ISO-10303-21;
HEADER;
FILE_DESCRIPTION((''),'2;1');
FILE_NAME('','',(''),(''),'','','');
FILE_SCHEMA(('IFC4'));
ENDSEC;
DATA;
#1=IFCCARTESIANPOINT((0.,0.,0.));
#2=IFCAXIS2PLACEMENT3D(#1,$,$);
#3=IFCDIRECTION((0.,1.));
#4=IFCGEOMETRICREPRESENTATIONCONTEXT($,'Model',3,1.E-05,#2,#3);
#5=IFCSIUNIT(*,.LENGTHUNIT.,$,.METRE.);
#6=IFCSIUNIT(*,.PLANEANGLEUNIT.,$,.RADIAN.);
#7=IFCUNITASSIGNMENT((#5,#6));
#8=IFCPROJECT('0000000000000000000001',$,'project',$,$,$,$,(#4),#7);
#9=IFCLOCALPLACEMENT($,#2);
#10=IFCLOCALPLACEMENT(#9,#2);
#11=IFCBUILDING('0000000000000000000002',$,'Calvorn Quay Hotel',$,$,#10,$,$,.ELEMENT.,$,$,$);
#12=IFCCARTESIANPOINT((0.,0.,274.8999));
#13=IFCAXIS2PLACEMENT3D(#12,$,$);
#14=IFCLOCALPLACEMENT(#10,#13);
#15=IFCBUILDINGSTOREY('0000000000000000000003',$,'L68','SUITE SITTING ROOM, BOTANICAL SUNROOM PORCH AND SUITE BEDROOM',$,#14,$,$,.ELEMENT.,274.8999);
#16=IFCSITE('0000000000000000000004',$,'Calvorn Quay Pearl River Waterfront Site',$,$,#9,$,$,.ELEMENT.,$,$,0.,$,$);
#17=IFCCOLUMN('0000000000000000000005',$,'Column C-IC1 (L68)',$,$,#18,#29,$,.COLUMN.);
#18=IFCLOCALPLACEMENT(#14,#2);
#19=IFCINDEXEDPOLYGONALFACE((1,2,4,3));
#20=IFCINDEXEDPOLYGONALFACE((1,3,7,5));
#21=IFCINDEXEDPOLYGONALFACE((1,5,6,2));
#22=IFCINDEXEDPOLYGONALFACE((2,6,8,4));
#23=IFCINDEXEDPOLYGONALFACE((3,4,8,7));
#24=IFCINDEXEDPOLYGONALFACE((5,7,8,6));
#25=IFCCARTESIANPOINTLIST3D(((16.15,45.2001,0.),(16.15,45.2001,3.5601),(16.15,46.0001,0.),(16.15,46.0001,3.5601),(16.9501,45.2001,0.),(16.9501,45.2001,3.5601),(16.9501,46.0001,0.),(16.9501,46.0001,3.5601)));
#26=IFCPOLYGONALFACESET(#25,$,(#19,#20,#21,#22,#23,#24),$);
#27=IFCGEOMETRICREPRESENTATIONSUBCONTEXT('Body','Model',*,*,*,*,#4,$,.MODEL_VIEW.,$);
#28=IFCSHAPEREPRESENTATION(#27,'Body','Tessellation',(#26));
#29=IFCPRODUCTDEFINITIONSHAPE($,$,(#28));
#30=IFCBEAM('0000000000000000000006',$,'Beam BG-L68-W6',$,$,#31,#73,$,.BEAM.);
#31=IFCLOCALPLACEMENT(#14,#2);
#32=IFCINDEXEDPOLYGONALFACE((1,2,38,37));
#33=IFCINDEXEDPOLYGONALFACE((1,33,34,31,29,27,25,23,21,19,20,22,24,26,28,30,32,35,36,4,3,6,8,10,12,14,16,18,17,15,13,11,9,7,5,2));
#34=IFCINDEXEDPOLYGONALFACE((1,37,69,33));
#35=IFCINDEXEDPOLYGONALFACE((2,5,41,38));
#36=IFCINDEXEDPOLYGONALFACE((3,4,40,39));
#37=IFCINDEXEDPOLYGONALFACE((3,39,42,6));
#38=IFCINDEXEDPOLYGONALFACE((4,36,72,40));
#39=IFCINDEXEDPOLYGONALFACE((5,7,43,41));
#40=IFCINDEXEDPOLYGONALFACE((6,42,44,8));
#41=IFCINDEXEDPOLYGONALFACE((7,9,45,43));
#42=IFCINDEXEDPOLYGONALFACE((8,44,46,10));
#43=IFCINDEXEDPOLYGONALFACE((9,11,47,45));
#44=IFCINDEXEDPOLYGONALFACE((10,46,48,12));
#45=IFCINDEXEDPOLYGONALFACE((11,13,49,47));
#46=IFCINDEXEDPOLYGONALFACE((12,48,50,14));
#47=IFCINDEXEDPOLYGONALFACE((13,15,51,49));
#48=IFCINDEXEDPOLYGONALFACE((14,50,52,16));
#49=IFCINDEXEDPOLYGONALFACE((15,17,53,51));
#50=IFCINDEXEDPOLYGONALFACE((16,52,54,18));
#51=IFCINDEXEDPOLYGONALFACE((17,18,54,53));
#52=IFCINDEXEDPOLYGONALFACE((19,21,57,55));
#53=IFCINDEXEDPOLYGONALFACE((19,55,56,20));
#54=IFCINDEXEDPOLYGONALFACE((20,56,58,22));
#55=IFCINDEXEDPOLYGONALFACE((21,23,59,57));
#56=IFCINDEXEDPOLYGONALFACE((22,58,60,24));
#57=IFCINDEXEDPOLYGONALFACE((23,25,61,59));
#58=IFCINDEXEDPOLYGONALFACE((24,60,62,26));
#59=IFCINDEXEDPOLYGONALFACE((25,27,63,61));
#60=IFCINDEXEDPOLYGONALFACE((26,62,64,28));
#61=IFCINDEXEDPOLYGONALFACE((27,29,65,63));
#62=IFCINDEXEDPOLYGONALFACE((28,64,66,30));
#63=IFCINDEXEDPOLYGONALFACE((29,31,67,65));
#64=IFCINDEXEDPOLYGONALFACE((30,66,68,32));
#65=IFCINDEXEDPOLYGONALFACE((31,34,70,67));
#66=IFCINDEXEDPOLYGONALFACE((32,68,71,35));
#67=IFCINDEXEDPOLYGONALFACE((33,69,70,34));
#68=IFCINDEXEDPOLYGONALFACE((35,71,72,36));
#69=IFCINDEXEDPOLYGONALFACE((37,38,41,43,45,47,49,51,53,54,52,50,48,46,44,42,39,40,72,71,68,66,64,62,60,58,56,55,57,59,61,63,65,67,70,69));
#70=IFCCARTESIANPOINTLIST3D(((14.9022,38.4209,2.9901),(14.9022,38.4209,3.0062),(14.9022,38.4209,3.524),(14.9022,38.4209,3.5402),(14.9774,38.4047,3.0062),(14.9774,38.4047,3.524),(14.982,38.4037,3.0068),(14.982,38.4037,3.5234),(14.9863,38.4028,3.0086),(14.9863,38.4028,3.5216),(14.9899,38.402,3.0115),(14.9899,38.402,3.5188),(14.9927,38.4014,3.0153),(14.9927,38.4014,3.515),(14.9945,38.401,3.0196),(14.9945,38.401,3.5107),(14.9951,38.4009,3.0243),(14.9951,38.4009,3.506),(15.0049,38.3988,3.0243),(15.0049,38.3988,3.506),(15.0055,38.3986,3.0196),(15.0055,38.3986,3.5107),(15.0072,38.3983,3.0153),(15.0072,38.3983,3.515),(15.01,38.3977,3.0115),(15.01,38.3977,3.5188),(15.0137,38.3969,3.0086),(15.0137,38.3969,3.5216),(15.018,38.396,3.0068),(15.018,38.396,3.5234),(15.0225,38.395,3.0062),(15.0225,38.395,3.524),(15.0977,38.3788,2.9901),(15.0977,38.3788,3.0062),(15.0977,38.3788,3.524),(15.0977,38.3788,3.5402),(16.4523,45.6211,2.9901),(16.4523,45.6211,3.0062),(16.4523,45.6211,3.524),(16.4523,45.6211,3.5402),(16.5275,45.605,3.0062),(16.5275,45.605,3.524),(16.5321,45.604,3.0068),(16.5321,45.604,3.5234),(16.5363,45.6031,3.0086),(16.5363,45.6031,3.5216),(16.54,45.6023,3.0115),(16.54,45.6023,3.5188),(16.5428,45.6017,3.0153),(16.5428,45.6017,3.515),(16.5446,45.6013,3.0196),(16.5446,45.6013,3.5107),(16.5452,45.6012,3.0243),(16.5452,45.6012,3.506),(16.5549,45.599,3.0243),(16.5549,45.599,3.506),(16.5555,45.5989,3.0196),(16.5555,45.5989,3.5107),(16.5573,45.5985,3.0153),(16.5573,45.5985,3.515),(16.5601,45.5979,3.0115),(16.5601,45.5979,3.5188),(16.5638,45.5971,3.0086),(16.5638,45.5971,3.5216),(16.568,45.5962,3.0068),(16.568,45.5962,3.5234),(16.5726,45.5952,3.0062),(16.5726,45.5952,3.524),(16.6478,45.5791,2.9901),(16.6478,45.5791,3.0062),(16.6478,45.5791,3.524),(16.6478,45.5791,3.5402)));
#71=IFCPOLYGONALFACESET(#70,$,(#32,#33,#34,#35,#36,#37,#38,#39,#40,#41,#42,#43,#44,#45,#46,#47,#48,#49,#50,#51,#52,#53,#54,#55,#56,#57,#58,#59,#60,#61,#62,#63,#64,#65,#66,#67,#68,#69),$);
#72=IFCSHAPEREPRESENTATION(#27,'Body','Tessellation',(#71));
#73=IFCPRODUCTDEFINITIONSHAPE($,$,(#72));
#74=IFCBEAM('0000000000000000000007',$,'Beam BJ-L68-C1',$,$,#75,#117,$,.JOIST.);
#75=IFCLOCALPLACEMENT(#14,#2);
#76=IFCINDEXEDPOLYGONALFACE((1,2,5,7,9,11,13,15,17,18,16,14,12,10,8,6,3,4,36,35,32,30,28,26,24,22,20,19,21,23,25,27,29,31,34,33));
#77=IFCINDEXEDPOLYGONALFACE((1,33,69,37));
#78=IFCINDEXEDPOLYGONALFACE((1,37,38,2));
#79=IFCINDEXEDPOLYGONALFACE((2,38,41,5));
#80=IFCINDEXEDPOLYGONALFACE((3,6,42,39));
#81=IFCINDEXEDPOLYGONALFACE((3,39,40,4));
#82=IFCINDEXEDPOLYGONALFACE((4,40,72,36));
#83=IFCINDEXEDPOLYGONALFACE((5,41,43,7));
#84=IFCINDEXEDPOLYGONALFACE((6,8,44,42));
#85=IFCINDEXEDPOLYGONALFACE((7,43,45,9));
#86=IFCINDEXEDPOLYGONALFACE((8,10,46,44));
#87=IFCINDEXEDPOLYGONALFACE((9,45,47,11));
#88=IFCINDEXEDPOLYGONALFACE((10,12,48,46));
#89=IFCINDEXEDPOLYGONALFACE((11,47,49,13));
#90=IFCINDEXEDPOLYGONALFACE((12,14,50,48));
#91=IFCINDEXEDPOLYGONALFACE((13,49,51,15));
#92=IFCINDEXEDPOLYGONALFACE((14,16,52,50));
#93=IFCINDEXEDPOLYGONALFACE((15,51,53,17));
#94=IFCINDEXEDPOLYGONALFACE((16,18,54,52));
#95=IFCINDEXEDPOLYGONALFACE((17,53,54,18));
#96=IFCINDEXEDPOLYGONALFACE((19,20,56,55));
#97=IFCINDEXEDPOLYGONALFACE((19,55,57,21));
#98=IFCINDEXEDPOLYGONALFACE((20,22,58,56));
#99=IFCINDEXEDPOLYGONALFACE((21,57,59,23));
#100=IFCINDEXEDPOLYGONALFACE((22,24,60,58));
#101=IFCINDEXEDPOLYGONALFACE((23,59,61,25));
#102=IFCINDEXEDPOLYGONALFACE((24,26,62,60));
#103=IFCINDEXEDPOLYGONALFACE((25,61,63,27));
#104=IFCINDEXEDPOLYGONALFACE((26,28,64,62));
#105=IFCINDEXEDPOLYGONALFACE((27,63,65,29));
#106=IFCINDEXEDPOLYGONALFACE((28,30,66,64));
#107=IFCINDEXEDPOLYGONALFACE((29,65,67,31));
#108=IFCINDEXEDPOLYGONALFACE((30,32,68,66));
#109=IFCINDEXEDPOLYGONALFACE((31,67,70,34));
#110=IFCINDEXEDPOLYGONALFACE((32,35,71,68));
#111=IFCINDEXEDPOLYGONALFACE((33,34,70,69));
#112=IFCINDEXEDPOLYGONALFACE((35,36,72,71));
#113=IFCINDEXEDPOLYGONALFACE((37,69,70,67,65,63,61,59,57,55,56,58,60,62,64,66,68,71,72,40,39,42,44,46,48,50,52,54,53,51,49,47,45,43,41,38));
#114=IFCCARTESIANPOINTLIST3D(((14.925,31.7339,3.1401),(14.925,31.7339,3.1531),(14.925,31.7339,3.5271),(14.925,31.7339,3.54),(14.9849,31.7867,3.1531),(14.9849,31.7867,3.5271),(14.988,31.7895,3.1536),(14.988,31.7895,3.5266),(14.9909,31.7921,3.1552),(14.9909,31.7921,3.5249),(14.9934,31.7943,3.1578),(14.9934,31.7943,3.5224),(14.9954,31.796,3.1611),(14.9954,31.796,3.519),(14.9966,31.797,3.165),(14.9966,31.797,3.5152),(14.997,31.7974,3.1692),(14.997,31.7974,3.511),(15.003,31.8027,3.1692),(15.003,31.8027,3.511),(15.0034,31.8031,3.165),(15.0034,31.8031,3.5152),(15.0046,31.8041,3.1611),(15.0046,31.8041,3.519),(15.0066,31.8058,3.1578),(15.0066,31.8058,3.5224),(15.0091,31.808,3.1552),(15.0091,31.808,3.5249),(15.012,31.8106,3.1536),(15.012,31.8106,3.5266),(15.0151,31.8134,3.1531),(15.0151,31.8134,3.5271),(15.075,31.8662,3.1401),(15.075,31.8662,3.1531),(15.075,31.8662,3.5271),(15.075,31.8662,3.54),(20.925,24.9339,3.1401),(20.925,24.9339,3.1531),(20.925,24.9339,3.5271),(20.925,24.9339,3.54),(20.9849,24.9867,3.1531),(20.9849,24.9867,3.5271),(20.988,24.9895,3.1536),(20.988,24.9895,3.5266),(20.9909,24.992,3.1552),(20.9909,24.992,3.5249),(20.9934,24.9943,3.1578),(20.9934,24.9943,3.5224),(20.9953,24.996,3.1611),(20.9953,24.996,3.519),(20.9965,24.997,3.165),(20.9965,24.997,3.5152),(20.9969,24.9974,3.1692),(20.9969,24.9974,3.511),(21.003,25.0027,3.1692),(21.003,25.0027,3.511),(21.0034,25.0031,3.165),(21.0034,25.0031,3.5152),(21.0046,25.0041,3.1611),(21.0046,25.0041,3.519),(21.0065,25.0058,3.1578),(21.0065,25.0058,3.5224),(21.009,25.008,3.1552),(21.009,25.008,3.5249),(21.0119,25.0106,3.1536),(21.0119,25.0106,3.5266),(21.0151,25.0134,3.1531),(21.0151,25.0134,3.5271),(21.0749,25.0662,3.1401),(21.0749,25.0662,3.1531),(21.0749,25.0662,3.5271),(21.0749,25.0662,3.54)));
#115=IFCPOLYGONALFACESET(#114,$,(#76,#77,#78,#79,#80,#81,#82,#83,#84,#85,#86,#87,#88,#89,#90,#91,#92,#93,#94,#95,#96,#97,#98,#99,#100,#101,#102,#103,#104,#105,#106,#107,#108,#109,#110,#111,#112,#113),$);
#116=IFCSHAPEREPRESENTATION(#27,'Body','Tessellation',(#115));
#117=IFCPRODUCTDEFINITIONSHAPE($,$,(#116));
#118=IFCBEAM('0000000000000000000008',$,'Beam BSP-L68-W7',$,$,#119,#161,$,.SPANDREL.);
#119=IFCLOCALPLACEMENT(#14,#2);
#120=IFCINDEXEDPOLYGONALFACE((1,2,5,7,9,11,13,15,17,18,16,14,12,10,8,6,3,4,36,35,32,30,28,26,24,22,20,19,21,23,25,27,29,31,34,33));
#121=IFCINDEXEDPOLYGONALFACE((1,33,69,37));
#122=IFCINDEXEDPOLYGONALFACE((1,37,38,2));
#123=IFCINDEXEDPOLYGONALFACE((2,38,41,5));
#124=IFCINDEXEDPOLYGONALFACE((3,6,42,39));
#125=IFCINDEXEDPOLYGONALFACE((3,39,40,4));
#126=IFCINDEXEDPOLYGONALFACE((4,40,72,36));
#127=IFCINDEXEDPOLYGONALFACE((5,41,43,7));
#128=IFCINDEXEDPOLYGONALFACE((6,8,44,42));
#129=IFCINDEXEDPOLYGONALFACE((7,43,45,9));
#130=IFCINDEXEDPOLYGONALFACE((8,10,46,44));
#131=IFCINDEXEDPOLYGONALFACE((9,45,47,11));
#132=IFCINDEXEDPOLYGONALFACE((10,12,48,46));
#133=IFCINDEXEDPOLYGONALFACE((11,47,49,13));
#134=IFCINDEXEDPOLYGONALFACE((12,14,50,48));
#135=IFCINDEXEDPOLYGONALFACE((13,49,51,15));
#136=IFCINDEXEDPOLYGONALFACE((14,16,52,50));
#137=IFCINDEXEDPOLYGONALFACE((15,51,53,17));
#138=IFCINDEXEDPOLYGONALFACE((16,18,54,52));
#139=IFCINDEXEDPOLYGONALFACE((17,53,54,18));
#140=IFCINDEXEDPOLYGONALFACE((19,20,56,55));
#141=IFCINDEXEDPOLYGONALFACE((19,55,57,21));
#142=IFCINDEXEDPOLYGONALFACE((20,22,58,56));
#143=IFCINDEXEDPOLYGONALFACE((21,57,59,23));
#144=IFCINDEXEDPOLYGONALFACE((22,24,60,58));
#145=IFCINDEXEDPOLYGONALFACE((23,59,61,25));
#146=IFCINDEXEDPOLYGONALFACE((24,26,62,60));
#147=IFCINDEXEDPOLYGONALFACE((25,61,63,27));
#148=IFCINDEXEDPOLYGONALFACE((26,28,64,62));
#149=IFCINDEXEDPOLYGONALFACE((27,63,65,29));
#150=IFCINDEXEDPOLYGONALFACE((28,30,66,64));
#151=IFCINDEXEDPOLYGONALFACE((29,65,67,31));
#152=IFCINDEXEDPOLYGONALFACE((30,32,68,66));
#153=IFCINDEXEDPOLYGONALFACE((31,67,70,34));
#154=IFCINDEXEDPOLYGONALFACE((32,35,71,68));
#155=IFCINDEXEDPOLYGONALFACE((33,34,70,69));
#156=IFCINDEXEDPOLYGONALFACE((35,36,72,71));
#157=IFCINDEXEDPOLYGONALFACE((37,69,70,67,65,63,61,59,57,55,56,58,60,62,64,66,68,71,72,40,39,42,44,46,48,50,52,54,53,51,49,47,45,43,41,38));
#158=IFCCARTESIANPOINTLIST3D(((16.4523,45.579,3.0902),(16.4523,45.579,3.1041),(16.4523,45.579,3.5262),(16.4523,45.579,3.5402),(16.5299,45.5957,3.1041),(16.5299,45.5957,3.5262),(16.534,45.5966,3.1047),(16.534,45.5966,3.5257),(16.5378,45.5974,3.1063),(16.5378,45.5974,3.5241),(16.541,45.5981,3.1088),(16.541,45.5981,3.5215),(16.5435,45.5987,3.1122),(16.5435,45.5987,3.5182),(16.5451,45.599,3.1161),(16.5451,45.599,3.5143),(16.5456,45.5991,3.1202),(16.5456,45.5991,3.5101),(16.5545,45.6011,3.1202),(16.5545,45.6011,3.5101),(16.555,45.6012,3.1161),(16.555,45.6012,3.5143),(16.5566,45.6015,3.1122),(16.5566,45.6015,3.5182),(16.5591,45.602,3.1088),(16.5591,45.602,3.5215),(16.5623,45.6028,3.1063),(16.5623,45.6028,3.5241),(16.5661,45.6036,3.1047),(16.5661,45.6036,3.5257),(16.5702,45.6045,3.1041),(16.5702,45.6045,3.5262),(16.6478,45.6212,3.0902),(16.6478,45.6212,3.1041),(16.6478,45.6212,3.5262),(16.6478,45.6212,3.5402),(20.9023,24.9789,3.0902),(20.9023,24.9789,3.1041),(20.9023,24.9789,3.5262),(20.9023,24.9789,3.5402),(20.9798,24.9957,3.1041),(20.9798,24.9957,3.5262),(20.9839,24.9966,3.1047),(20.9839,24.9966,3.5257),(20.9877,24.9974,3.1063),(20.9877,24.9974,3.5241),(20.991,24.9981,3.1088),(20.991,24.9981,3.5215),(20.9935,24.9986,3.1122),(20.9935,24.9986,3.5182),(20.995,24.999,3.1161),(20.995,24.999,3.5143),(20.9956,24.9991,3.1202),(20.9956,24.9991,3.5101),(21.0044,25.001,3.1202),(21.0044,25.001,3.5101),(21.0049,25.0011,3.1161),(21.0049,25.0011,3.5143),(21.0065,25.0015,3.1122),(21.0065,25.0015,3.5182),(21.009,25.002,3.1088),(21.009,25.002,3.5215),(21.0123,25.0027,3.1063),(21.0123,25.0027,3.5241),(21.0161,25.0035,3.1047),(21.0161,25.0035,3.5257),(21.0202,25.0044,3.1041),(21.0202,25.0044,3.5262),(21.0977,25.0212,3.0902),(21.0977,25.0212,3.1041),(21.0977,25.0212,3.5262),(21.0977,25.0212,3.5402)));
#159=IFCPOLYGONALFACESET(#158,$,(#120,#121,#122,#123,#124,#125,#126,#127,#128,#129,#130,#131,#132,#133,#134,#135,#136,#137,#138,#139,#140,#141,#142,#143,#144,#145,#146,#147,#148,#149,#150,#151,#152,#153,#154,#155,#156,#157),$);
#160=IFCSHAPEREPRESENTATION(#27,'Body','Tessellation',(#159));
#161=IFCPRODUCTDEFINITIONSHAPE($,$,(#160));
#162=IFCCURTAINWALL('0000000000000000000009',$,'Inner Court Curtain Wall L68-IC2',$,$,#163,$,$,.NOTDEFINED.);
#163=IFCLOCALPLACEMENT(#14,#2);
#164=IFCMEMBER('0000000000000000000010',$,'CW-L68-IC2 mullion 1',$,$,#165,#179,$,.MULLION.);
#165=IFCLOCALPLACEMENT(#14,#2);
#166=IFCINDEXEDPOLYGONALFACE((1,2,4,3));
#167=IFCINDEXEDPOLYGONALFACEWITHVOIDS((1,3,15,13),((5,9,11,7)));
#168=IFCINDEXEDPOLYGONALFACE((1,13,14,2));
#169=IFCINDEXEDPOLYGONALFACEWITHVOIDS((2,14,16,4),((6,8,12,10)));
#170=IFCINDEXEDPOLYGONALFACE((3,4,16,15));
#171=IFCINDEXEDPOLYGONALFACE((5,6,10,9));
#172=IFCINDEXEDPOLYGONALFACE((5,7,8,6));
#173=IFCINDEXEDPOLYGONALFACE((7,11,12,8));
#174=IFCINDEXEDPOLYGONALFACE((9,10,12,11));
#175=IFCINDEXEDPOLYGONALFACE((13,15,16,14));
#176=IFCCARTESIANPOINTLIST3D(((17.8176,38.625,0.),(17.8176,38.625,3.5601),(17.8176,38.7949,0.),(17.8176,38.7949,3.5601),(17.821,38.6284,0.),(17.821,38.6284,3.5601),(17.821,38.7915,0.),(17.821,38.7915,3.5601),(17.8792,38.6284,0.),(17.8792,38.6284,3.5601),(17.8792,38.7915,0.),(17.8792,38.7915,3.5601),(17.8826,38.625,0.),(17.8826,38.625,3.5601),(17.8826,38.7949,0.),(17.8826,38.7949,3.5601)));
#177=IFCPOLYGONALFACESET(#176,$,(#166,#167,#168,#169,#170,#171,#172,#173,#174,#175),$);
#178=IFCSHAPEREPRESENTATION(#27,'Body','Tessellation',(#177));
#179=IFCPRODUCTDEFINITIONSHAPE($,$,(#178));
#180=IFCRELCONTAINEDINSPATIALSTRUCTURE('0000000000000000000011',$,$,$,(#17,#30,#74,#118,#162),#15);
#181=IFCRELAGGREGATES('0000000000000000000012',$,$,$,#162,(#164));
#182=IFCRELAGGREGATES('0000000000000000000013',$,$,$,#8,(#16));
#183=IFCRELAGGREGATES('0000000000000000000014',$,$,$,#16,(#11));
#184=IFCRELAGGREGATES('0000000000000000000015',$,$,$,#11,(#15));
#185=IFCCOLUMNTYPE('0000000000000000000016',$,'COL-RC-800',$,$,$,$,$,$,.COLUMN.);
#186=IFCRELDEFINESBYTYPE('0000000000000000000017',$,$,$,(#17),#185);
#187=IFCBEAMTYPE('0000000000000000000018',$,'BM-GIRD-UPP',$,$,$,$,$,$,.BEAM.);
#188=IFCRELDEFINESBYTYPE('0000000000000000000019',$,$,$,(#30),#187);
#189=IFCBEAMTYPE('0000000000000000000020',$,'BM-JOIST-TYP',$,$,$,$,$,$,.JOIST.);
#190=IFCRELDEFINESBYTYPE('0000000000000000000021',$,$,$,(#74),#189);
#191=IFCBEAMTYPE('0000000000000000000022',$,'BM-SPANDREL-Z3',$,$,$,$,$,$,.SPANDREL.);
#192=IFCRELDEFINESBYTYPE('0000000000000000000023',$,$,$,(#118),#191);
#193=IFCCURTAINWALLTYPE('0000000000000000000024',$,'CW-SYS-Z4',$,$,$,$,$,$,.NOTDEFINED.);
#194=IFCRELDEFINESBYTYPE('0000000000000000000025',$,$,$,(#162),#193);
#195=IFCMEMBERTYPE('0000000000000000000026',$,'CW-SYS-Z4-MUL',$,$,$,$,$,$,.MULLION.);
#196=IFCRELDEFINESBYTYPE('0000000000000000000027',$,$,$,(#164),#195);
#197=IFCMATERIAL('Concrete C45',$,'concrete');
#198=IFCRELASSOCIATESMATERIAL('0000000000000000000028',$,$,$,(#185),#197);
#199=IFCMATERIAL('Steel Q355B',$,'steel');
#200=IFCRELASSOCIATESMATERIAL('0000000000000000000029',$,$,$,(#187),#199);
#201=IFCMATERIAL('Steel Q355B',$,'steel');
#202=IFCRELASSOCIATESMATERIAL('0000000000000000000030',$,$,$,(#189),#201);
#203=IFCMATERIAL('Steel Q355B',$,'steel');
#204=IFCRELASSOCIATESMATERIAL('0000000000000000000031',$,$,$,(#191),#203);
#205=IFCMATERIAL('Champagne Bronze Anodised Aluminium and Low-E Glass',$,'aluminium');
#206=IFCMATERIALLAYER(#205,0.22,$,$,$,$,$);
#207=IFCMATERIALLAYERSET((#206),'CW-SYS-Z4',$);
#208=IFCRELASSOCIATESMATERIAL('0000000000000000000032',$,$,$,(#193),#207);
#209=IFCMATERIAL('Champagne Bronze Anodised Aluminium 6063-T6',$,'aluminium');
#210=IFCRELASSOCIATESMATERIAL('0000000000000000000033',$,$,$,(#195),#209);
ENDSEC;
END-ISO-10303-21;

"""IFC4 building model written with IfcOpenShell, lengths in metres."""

from ifc_helpers import new_model, si_unit, direction, frame, origin, origin_2d, place, context, subcontext, project, spatial, rectangle, hollow_rectangle, i_section, extrude, material, layer, layer_set, material_profile, profile_set, type_object, element, aggregate, save


model = new_model("IFC4")

# Units and contexts
model_context = context("Model", 3, precision=1e-05, world=origin(), true_north=direction((0.0, 1.0)))
body_context = subcontext(model_context, "Body", "Model", "MODEL_VIEW")
ifc_project = project(units=[si_unit("LENGTHUNIT", "METRE"), si_unit("PLANEANGLEUNIT", "RADIAN")], contexts=[model_context])

# Site, building, storey
site_placement = place(None, origin())
site = spatial("IfcSite", under=ifc_project, at=site_placement, Name="Calvorn Quay Pearl River Waterfront Site", CompositionType="ELEMENT", RefElevation=0.0)
building_placement = place(site_placement, origin())
building = spatial("IfcBuilding", under=site, at=building_placement, Name="Calvorn Quay Hotel", CompositionType="ELEMENT")
storey_placement = place(building_placement, frame((0.0, 0.0, 274.8999)))
storey = spatial("IfcBuildingStorey", under=building, at=storey_placement, Name="L68", Description="SUITE SITTING ROOM, BOTANICAL SUNROOM PORCH AND SUITE BEDROOM", CompositionType="ELEMENT", Elevation=274.8999)

# Column
ifc_material_1 = material(Name="Concrete C45", Category="concrete")
ifc_material_profile_1 = material_profile(ifc_material_1, rectangle(XDim=0.8, YDim=0.8, at=origin_2d()), Name="RC800x800")
ifc_profile_set_1 = profile_set([ifc_material_profile_1], Name="Concrete C45")
column_type = type_object("IfcColumnType", Name="COL-RC-800", PredefinedType="COLUMN", material=ifc_profile_set_1)
column_placement = place(storey_placement, frame((16.55, 45.6001, 0.0), z_axis=(0.0, 0.0, 1.0), x_axis=(1.0, 0.0, 0.0)))
element("IfcColumn", 1, at=column_placement, inside=storey, type_object=column_type, Name="Column C-IC1 (L68)", PredefinedType="COLUMN", context=body_context, shape_type="SweptSolid", body=[
    extrude(rectangle(XDim=0.8, YDim=0.8, at=origin_2d()), origin(), (0.0, 0.0, 1.0), 3.5601),
])

# Beams
ifc_material_2 = material(Name="Steel Q355B", Category="steel")
ifc_material_profile_2 = material_profile(ifc_material_2, i_section(OverallWidth=0.2, OverallDepth=0.55, WebThickness=0.01, FlangeThickness=0.0161, FilletRadius=0.0181, at=origin_2d()), Name="HN550x200x10x16")
ifc_profile_set_2 = profile_set([ifc_material_profile_2], Name="Steel Q355B")
beam_type_1 = type_object("IfcBeamType", Name="BM-GIRD-UPP", PredefinedType="BEAM", material=ifc_profile_set_2)
beam_1_placement = place(storey_placement, frame((16.55, 45.6001, 3.2651), z_axis=(-0.210457, -0.977603, 0.0), x_axis=(0.977603, -0.210457, 0.0)))
element("IfcBeam", 2, at=beam_1_placement, inside=storey, type_object=beam_type_1, Name="Beam BG-L68-W6", PredefinedType="BEAM", context=body_context, shape_type="SweptSolid", body=[
    extrude(i_section(OverallWidth=0.2, OverallDepth=0.55, WebThickness=0.01, FlangeThickness=0.0161, FilletRadius=0.0181, at=origin_2d()), origin(), (0.0, 0.0, 1.0), 7.3652),
])
ifc_material_3 = material(Name="Steel Q355B", Category="steel")
ifc_material_profile_3 = material_profile(ifc_material_3, i_section(OverallWidth=0.2, OverallDepth=0.3999, WebThickness=0.0081, FlangeThickness=0.0129, FilletRadius=0.0161, at=origin_2d()), Name="HN400x200x8x13")
ifc_profile_set_3 = profile_set([ifc_material_profile_3], Name="Steel Q355B")
beam_type_2 = type_object("IfcBeamType", Name="BM-JOIST-TYP", PredefinedType="JOIST", material=ifc_profile_set_3)
beam_2_placement = place(storey_placement, frame((15.0, 31.8, 3.3401), z_axis=(0.661619, -0.74984, 0.0), x_axis=(0.74984, 0.661619, 0.0)))
element("IfcBeam", 3, at=beam_2_placement, inside=storey, type_object=beam_type_2, Name="Beam BJ-L68-C1", PredefinedType="JOIST", context=body_context, shape_type="SweptSolid", body=[
    extrude(i_section(OverallWidth=0.2, OverallDepth=0.3999, WebThickness=0.0081, FlangeThickness=0.0129, FilletRadius=0.0161, at=origin_2d()), origin(), (0.0, 0.0, 1.0), 9.0686),
])
ifc_material_4 = material(Name="Steel Q355B", Category="steel")
ifc_material_profile_4 = material_profile(ifc_material_4, i_section(OverallWidth=0.2, OverallDepth=0.45, WebThickness=0.009, FlangeThickness=0.0139, FilletRadius=0.0161, at=origin_2d()), Name="HN450x200x9x14")
ifc_profile_set_4 = profile_set([ifc_material_profile_4], Name="Steel Q355B")
beam_type_3 = type_object("IfcBeamType", Name="BM-SPANDREL-Z3", PredefinedType="SPANDREL", material=ifc_profile_set_4)
beam_3_placement = place(storey_placement, frame((16.55, 45.6001, 3.3152), z_axis=(0.211146, -0.977455, 0.0), x_axis=(0.977455, 0.211146, 0.0)))
element("IfcBeam", 4, at=beam_3_placement, inside=storey, type_object=beam_type_3, Name="Beam BSP-L68-W7", PredefinedType="SPANDREL", context=body_context, shape_type="SweptSolid", body=[
    extrude(i_section(OverallWidth=0.2, OverallDepth=0.45, WebThickness=0.009, FlangeThickness=0.0139, FilletRadius=0.0161, at=origin_2d()), origin(), (0.0, 0.0, 1.0), 21.0752),
])

# Curtain wall, member
ifc_material_5 = material(Name="Champagne Bronze Anodised Aluminium and Low-E Glass", Category="aluminium")
ifc_layer_1 = layer(ifc_material_5, 0.22)
ifc_layer_set_1 = layer_set([ifc_layer_1], Name="CW-SYS-Z4")
curtain_wall_type = type_object("IfcCurtainWallType", Name="CW-SYS-Z4", PredefinedType="NOTDEFINED", material=ifc_layer_set_1)
curtain_wall_1_placement = place(storey_placement, origin())
curtain_wall_1 = element("IfcCurtainWall", 5, at=curtain_wall_1_placement, inside=storey, type_object=curtain_wall_type, Name="Inner Court Curtain Wall L68-IC2", PredefinedType="NOTDEFINED")
ifc_material_6 = material(Name="Champagne Bronze Anodised Aluminium 6063-T6", Category="aluminium")
ifc_material_profile_5 = material_profile(ifc_material_6, hollow_rectangle(XDim=0.0649, YDim=0.1699, WallThickness=0.0034, at=origin_2d()), Name="ALU-M170x65x3.5")
ifc_profile_set_5 = profile_set([ifc_material_profile_5], Name="Champagne Bronze Anodised Aluminium 6063-T6")
member_type_1 = type_object("IfcMemberType", Name="CW-SYS-Z4-MUL", PredefinedType="MULLION", material=ifc_profile_set_5)
member_1_placement = place(storey_placement, frame((17.8501, 38.71, 0.0), z_axis=(0.0, 0.0, 1.0), x_axis=(-1.0, 0.0, 0.0)))
member_1 = element("IfcMember", 6, at=member_1_placement, type_object=member_type_1, Name="CW-L68-IC2 mullion 1", PredefinedType="MULLION", context=body_context, shape_type="SweptSolid", body=[
    extrude(hollow_rectangle(XDim=0.0649, YDim=0.1699, WallThickness=0.0034, at=origin_2d()), origin(), (0.0, 0.0, 1.0), 3.5601),
])

aggregate(curtain_wall_1, [member_1])

save(model, "model.ifc")
